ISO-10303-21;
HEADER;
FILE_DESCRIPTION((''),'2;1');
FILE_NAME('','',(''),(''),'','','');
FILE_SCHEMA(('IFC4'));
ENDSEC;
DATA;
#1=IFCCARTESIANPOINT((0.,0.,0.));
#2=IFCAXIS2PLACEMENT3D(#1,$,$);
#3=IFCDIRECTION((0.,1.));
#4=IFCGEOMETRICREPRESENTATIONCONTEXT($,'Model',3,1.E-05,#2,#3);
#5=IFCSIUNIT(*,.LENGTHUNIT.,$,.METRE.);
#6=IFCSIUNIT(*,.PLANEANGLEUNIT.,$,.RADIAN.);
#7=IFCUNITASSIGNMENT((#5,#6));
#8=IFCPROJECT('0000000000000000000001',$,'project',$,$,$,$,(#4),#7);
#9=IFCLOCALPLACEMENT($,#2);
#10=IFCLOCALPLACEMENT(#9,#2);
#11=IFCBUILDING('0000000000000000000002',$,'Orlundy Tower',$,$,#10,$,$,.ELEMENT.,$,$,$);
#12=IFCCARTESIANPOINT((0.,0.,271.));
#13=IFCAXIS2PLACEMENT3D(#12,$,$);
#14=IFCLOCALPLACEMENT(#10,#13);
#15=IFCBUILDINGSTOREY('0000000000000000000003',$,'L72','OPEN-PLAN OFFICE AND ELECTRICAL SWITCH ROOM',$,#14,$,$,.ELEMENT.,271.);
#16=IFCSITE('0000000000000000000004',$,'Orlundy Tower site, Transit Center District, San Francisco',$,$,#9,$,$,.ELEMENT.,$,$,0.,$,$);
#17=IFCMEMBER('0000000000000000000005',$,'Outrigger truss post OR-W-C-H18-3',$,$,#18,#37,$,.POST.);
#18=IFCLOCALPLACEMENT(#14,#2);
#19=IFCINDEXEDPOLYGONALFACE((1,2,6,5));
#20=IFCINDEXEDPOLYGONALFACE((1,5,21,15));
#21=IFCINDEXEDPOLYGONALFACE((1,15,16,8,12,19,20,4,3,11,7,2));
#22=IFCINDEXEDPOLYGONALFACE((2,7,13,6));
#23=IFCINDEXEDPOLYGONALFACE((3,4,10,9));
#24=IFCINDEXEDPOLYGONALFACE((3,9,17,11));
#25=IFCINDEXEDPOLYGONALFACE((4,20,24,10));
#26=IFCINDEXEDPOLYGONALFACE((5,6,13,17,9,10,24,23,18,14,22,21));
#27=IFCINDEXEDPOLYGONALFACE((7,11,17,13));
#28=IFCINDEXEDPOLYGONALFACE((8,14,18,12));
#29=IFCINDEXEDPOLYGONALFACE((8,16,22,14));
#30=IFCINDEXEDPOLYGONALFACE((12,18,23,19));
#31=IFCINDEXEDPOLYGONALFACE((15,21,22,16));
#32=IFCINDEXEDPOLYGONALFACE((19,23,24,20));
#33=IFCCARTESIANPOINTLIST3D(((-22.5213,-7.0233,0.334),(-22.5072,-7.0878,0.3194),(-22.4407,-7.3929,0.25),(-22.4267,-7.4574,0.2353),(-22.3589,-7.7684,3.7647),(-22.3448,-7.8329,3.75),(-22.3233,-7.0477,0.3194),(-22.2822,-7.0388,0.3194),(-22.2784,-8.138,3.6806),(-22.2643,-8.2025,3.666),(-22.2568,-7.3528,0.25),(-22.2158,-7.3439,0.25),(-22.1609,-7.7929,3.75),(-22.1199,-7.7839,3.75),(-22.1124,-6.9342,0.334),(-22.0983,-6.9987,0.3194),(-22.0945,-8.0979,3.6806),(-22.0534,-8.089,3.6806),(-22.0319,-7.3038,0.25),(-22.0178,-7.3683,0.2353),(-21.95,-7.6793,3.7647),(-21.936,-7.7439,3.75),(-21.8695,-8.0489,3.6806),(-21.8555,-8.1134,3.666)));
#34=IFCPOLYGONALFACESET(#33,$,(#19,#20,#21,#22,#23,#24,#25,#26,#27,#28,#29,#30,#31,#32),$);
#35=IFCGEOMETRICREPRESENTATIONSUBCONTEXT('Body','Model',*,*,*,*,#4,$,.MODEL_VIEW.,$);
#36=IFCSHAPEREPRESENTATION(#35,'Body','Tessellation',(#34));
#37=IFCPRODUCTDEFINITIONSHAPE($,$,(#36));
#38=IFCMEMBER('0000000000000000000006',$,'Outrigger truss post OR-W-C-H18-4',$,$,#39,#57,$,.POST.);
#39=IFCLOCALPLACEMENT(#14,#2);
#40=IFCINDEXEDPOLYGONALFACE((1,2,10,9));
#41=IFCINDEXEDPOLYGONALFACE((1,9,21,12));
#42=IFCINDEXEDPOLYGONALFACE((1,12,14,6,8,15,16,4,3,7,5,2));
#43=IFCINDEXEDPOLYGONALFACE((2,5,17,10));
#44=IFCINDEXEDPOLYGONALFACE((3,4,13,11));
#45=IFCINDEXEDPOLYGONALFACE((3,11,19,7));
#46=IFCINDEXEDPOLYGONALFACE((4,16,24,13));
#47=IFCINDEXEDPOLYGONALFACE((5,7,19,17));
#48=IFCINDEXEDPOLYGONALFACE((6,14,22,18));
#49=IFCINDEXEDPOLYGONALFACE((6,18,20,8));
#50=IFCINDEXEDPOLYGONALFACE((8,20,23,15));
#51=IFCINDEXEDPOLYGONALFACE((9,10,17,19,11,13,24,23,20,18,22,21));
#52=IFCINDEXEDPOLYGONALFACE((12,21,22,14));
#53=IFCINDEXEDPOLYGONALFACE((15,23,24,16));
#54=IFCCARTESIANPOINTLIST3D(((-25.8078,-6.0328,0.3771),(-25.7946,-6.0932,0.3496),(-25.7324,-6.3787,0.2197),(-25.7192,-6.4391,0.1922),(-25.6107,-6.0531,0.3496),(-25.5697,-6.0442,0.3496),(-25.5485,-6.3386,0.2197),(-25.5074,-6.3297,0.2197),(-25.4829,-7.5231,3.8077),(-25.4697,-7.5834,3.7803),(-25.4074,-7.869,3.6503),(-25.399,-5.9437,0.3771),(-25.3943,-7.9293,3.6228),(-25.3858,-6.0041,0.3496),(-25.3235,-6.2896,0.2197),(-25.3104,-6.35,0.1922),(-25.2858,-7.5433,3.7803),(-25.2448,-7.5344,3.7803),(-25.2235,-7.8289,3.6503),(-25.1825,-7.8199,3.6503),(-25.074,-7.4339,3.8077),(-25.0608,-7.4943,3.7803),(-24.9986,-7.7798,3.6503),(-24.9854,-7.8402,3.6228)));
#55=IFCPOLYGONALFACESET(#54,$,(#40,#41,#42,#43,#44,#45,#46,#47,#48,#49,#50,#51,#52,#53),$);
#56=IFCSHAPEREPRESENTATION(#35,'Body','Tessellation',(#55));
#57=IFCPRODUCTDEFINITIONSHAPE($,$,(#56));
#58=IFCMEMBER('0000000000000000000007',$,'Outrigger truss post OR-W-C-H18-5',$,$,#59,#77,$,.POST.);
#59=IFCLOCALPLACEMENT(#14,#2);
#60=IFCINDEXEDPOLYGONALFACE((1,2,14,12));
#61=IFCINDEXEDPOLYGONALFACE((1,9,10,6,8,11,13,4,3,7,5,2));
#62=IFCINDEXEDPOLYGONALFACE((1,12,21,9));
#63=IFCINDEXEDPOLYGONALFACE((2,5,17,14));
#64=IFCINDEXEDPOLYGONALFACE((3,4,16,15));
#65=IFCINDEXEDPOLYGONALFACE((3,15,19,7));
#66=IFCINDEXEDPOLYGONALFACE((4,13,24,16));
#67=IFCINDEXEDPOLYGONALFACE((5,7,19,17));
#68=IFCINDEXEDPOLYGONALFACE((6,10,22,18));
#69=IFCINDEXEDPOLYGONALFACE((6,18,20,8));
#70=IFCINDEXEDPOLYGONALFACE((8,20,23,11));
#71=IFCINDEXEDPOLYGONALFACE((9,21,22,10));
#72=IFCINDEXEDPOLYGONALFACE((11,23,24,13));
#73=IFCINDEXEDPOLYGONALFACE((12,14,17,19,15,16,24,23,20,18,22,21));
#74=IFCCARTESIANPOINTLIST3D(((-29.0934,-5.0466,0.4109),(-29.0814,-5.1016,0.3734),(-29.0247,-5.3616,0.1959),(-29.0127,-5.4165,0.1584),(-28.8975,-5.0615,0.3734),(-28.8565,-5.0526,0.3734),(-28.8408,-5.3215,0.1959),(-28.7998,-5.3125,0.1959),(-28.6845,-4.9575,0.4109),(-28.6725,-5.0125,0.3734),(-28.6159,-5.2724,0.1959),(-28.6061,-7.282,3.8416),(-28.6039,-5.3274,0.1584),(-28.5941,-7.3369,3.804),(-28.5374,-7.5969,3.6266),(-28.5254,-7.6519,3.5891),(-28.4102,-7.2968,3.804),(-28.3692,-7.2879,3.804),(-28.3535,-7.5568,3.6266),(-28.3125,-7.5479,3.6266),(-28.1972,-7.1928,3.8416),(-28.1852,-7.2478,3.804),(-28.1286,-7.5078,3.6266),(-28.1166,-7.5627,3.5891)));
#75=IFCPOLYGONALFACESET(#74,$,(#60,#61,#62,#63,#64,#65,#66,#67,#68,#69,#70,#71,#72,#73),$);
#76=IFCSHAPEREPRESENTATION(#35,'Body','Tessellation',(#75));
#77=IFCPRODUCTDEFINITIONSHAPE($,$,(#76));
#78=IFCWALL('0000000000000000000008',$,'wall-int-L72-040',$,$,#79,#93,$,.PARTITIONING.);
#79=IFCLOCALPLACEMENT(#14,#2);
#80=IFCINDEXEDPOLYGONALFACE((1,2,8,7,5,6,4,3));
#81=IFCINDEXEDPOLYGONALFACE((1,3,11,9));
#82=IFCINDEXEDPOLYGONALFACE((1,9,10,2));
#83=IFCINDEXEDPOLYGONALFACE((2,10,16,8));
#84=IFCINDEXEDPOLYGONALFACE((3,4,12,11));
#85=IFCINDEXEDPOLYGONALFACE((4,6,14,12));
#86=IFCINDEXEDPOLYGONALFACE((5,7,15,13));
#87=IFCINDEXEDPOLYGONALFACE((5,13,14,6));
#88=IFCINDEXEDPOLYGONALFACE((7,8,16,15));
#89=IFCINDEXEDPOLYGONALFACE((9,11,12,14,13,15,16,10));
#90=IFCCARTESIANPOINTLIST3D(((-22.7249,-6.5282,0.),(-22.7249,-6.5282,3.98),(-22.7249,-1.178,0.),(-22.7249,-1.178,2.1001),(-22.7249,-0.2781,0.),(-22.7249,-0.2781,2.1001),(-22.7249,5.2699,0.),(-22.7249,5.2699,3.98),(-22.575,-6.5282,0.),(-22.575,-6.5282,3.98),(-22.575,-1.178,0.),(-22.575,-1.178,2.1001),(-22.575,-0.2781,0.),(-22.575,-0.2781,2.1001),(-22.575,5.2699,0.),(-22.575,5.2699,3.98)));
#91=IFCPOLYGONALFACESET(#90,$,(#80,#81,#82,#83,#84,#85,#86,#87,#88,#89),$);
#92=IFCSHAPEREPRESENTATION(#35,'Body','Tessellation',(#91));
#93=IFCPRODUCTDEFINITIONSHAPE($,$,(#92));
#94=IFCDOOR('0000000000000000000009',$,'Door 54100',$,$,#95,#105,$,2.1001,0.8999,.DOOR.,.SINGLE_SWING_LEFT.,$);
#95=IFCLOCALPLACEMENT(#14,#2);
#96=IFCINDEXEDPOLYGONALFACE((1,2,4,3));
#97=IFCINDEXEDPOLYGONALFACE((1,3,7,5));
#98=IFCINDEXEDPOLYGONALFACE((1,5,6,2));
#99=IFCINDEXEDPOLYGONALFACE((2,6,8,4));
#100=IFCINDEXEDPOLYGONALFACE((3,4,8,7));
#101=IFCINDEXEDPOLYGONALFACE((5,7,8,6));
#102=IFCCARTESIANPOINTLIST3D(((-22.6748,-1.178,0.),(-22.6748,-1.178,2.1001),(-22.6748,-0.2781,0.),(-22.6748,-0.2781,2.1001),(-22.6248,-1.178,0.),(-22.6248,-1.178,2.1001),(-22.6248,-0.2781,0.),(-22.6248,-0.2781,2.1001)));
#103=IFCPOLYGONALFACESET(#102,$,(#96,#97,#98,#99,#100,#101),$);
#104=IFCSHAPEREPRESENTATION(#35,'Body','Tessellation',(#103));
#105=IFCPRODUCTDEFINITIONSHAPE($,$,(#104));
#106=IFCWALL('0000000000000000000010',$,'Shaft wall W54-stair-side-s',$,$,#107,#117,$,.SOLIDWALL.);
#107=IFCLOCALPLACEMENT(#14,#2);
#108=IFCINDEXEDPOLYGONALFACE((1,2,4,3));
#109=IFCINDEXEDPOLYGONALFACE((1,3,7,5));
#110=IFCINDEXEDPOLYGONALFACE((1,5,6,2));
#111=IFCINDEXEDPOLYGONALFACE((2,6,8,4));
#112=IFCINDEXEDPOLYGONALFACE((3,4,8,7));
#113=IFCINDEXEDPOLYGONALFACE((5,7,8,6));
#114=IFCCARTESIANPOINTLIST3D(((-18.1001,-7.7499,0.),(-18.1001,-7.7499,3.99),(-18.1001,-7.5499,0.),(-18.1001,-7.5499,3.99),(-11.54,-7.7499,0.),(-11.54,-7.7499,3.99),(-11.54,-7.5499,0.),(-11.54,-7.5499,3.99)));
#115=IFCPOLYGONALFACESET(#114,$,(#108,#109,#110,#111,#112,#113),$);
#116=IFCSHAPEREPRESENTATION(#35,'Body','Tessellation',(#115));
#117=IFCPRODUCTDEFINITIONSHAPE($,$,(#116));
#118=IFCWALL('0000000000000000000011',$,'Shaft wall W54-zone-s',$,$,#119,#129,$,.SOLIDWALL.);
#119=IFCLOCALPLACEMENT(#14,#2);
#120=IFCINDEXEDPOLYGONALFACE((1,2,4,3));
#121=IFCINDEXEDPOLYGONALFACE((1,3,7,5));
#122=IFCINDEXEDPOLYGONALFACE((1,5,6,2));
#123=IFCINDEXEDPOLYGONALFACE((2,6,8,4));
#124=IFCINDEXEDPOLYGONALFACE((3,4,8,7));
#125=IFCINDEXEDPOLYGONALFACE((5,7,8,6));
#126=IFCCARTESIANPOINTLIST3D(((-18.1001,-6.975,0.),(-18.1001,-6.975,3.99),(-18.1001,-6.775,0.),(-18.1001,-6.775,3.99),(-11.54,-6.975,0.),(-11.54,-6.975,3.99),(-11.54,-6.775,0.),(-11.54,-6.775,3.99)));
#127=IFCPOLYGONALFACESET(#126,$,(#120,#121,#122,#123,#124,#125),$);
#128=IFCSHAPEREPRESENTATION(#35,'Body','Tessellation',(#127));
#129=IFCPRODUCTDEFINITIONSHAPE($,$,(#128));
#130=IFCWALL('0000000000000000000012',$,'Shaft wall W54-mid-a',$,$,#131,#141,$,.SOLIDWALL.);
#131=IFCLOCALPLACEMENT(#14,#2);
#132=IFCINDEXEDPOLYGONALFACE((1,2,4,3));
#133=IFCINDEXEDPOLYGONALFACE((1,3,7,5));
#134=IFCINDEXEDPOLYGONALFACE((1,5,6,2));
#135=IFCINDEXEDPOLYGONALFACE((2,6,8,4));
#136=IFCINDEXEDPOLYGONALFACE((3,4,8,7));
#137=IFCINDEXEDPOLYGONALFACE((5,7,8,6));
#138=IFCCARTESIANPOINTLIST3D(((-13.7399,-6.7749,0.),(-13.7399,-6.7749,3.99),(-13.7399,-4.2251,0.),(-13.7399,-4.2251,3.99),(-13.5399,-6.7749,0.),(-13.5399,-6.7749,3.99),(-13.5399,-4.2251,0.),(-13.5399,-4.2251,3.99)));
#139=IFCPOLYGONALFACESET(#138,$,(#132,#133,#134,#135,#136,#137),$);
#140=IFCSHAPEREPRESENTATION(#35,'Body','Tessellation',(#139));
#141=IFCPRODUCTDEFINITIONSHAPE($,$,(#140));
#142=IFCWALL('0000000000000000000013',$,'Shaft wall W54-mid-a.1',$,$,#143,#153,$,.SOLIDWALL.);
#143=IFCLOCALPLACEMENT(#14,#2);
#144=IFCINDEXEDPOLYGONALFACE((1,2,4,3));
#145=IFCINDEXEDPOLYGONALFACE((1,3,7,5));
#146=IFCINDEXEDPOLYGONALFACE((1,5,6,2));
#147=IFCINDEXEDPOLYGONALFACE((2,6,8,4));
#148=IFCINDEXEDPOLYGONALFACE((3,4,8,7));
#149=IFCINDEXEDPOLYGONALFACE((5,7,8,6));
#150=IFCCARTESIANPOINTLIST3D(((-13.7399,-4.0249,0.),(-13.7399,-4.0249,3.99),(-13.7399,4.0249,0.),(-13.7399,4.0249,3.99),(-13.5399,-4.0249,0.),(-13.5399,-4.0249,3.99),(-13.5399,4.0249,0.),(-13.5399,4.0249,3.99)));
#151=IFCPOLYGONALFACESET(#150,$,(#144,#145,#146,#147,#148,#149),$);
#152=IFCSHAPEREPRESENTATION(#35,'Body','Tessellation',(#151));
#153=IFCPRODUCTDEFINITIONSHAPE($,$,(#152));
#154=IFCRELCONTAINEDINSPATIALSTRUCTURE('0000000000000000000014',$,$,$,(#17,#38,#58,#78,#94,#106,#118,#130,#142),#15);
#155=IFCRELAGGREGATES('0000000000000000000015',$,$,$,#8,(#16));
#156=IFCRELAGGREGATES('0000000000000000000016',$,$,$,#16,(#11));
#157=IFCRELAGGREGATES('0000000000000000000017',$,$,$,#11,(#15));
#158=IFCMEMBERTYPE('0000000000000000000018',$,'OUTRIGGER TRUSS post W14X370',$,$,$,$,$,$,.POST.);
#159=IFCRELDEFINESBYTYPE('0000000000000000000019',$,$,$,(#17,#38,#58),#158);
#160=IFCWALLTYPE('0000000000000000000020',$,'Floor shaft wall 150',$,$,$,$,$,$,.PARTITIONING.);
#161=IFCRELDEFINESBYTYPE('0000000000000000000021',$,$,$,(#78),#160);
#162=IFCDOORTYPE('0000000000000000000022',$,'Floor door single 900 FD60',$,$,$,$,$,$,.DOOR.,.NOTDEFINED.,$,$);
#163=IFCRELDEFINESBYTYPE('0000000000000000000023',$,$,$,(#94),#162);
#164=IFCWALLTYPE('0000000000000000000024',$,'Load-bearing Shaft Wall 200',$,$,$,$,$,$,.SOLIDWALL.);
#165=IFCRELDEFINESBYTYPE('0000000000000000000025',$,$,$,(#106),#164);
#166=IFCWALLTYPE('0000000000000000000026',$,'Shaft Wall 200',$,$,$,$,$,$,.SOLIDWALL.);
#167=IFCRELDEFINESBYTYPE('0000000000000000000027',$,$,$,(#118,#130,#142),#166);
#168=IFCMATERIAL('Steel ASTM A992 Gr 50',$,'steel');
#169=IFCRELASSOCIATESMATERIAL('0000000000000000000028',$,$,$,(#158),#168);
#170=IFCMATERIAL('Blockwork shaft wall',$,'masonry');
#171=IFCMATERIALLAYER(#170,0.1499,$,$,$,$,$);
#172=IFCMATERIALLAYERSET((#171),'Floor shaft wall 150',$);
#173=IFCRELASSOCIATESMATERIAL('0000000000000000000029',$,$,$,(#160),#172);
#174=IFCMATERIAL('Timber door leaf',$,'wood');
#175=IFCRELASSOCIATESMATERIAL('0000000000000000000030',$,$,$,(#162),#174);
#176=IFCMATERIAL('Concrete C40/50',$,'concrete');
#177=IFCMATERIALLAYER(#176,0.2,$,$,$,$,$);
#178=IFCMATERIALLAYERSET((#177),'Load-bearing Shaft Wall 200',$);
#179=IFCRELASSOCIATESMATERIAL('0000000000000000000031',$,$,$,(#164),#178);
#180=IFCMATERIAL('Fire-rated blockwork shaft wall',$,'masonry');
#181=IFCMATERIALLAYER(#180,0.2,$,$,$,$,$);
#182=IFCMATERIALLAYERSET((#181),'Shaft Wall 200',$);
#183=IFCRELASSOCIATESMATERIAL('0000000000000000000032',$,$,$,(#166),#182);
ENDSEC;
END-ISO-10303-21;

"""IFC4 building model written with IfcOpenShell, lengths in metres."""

from ifc_helpers import new_model, si_unit, direction, frame, frame_2d, origin, origin_2d, place, context, subcontext, project, spatial, rectangle, i_section, extrude, material, layer, layer_set, material_profile, profile_set, type_object, element, fill, save


model = new_model("IFC4")

# Units and contexts
model_context = context("Model", 3, precision=1e-05, world=origin(), true_north=direction((0.0, 1.0)))
body_context = subcontext(model_context, "Body", "Model", "MODEL_VIEW")
ifc_project = project(units=[si_unit("LENGTHUNIT", "METRE"), si_unit("PLANEANGLEUNIT", "RADIAN")], contexts=[model_context])

# Site, building, storey
site_placement = place(None, origin())
site = spatial("IfcSite", under=ifc_project, at=site_placement, Name="Orlundy Tower site, Transit Center District, San Francisco", CompositionType="ELEMENT", RefElevation=0.0)
building_placement = place(site_placement, origin())
building = spatial("IfcBuilding", under=site, at=building_placement, Name="Orlundy Tower", CompositionType="ELEMENT")
storey_placement = place(building_placement, frame((0.0, 0.0, 271.0)))
storey = spatial("IfcBuildingStorey", under=building, at=storey_placement, Name="L72", Description="OPEN-PLAN OFFICE AND ELECTRICAL SWITCH ROOM", CompositionType="ELEMENT", Elevation=271.0)

# Members
ifc_material_1 = material(Name="Steel ASTM A992 Gr 50", Category="steel")
ifc_material_profile_1 = material_profile(ifc_material_1, i_section(OverallWidth=0.4185, OverallDepth=0.4551, WebThickness=0.042, FlangeThickness=0.0676, at=origin_2d()), Name="W14X370")
ifc_profile_set_1 = profile_set([ifc_material_profile_1], Name="Steel ASTM A992 Gr 50")
member_type_1 = type_object("IfcMemberType", Name="OUTRIGGER TRUSS post W14X370", PredefinedType="POST", material=ifc_profile_set_1)
member_1_placement = place(storey_placement, frame((-22.2695, -7.1958, 0.2847), z_axis=(0.046197, -0.212018, 0.976173), x_axis=(0.977075, 0.212895, 0.0)))
element("IfcMember", 1, at=member_1_placement, inside=storey, type_object=member_type_1, Name="Outrigger truss post OR-W-C-H18-3", PredefinedType="POST", context=body_context, shape_type="SweptSolid", body=[
    extrude(i_section(OverallWidth=0.4185, OverallDepth=0.4551, WebThickness=0.042, FlangeThickness=0.0676, at=origin_2d()), origin(), (0.0, 0.0, 1.0), 3.5144),
])
member_2_placement = place(storey_placement, frame((-25.5591, -6.1914, 0.2847), z_axis=(0.086551, -0.396925, 0.913761), x_axis=(0.977042, 0.213048, 0.0)))
element("IfcMember", 2, at=member_2_placement, inside=storey, type_object=member_type_1, Name="Outrigger truss post OR-W-C-H18-4", PredefinedType="POST", context=body_context, shape_type="SweptSolid", body=[
    extrude(i_section(OverallWidth=0.4185, OverallDepth=0.4551, WebThickness=0.042, FlangeThickness=0.0676, at=origin_2d()), origin(), (0.0, 0.0, 1.0), 3.7544),
])
member_3_placement = place(storey_placement, frame((-28.8486, -5.187, 0.2847), z_axis=(0.118176, -0.542093, 0.831967), x_axis=(0.977053, 0.212997, 0.0)))
element("IfcMember", 3, at=member_3_placement, inside=storey, type_object=member_type_1, Name="Outrigger truss post OR-W-C-H18-5", PredefinedType="POST", context=body_context, shape_type="SweptSolid", body=[
    extrude(i_section(OverallWidth=0.4185, OverallDepth=0.4551, WebThickness=0.042, FlangeThickness=0.0676, at=origin_2d()), origin(), (0.0, 0.0, 1.0), 4.1235),
])

# Wall, opening, door
ifc_material_2 = material(Name="Blockwork shaft wall", Category="masonry")
ifc_layer_1 = layer(ifc_material_2, 0.1499)
ifc_layer_set_1 = layer_set([ifc_layer_1], Name="Floor shaft wall 150")
wall_type_1 = type_object("IfcWallType", Name="Floor shaft wall 150", PredefinedType="PARTITIONING", material=ifc_layer_set_1)
wall_1_placement = place(storey_placement, frame((-22.6499, -6.5281, 0.0), z_axis=(0.0, 0.0, 1.0), x_axis=(0.0, 1.0, 0.0)))
wall_1 = element("IfcWall", 4, at=wall_1_placement, inside=storey, type_object=wall_type_1, Name="wall-int-L72-040", PredefinedType="PARTITIONING", context=body_context, shape_type="SweptSolid", body=[
    extrude(rectangle(XDim=11.7981, YDim=0.1499, at=frame_2d((5.8989, 0.0))), origin(), (0.0, 0.0, 1.0), 3.98),
])
opening_1_placement = place(wall_1_placement, frame((5.3501, 0.0, 0.0)))
opening_1 = element("IfcOpeningElement", 5, at=opening_1_placement, cuts=wall_1, PredefinedType="OPENING", context=body_context, shape_type="SweptSolid", body=[
    extrude(rectangle(XDim=0.8999, YDim=2.1001, at=frame_2d((0.45, 1.05))), frame((0.0, 0.085, 0.0), z_axis=(0.0, -1.0, 0.0), x_axis=(1.0, 0.0, 0.0)), (0.0, 0.0, 1.0), 0.1699),
])
ifc_material_3 = material(Name="Timber door leaf", Category="wood")
door_type_1 = type_object("IfcDoorType", Name="Floor door single 900 FD60", OperationType="NOTDEFINED", PredefinedType="DOOR", material=ifc_material_3)
door_1_placement = place(opening_1_placement, origin())
door_1 = element("IfcDoor", 6, at=door_1_placement, inside=storey, type_object=door_type_1, Name="Door 54100", OperationType="SINGLE_SWING_LEFT", OverallHeight=2.1001, OverallWidth=0.8999, PredefinedType="DOOR", context=body_context, shape_type="SweptSolid", body=[
    extrude(rectangle(XDim=0.8999, YDim=2.1001, at=frame_2d((0.45, 1.05))), frame((0.0, 0.0249, 0.0), z_axis=(0.0, -1.0, 0.0), x_axis=(1.0, 0.0, 0.0)), (0.0, 0.0, 1.0), 0.05),
])
fill(opening_1, door_1)

# Walls
ifc_material_4 = material(Name="Concrete C40/50", Category="concrete")
ifc_layer_2 = layer(ifc_material_4, 0.2)
ifc_layer_set_2 = layer_set([ifc_layer_2], Name="Load-bearing Shaft Wall 200")
wall_type_2 = type_object("IfcWallType", Name="Load-bearing Shaft Wall 200", PredefinedType="SOLIDWALL", material=ifc_layer_set_2)
wall_2_placement = place(storey_placement, frame((-11.54, -7.6499, 0.0), z_axis=(0.0, 0.0, 1.0), x_axis=(-1.0, 0.0, 0.0)))
element("IfcWall", 7, at=wall_2_placement, inside=storey, type_object=wall_type_2, Name="Shaft wall W54-stair-side-s", PredefinedType="SOLIDWALL", context=body_context, shape_type="SweptSolid", body=[
    extrude(rectangle(XDim=6.5601, YDim=0.2, at=frame_2d((3.28, 0.0))), origin(), (0.0, 0.0, 1.0), 3.99),
])
ifc_material_5 = material(Name="Fire-rated blockwork shaft wall", Category="masonry")
ifc_layer_3 = layer(ifc_material_5, 0.2)
ifc_layer_set_3 = layer_set([ifc_layer_3], Name="Shaft Wall 200")
wall_type_3 = type_object("IfcWallType", Name="Shaft Wall 200", PredefinedType="SOLIDWALL", material=ifc_layer_set_3)
wall_3_placement = place(storey_placement, frame((-11.54, -6.875, 0.0), z_axis=(0.0, 0.0, 1.0), x_axis=(-1.0, 0.0, 0.0)))
element("IfcWall", 8, at=wall_3_placement, inside=storey, type_object=wall_type_3, Name="Shaft wall W54-zone-s", PredefinedType="SOLIDWALL", context=body_context, shape_type="SweptSolid", body=[
    extrude(rectangle(XDim=6.5601, YDim=0.2, at=frame_2d((3.28, 0.0))), origin(), (0.0, 0.0, 1.0), 3.99),
])
wall_4_placement = place(storey_placement, frame((-13.6399, -6.7749, 0.0), z_axis=(0.0, 0.0, 1.0), x_axis=(0.0, 1.0, 0.0)))
element("IfcWall", 9, at=wall_4_placement, inside=storey, type_object=wall_type_3, Name="Shaft wall W54-mid-a", PredefinedType="SOLIDWALL", context=body_context, shape_type="SweptSolid", body=[
    extrude(rectangle(XDim=2.5498, YDim=0.2, at=frame_2d((1.2749, 0.0))), origin(), (0.0, 0.0, 1.0), 3.99),
])
wall_5_placement = place(storey_placement, frame((-13.6399, -4.0249, 0.0), z_axis=(0.0, 0.0, 1.0), x_axis=(0.0, 1.0, 0.0)))
element("IfcWall", 10, at=wall_5_placement, inside=storey, type_object=wall_type_3, Name="Shaft wall W54-mid-a.1", PredefinedType="SOLIDWALL", context=body_context, shape_type="SweptSolid", body=[
    extrude(rectangle(XDim=8.0498, YDim=0.2, at=frame_2d((4.0249, 0.0))), origin(), (0.0, 0.0, 1.0), 3.99),
])

save(model, "model.ifc")
